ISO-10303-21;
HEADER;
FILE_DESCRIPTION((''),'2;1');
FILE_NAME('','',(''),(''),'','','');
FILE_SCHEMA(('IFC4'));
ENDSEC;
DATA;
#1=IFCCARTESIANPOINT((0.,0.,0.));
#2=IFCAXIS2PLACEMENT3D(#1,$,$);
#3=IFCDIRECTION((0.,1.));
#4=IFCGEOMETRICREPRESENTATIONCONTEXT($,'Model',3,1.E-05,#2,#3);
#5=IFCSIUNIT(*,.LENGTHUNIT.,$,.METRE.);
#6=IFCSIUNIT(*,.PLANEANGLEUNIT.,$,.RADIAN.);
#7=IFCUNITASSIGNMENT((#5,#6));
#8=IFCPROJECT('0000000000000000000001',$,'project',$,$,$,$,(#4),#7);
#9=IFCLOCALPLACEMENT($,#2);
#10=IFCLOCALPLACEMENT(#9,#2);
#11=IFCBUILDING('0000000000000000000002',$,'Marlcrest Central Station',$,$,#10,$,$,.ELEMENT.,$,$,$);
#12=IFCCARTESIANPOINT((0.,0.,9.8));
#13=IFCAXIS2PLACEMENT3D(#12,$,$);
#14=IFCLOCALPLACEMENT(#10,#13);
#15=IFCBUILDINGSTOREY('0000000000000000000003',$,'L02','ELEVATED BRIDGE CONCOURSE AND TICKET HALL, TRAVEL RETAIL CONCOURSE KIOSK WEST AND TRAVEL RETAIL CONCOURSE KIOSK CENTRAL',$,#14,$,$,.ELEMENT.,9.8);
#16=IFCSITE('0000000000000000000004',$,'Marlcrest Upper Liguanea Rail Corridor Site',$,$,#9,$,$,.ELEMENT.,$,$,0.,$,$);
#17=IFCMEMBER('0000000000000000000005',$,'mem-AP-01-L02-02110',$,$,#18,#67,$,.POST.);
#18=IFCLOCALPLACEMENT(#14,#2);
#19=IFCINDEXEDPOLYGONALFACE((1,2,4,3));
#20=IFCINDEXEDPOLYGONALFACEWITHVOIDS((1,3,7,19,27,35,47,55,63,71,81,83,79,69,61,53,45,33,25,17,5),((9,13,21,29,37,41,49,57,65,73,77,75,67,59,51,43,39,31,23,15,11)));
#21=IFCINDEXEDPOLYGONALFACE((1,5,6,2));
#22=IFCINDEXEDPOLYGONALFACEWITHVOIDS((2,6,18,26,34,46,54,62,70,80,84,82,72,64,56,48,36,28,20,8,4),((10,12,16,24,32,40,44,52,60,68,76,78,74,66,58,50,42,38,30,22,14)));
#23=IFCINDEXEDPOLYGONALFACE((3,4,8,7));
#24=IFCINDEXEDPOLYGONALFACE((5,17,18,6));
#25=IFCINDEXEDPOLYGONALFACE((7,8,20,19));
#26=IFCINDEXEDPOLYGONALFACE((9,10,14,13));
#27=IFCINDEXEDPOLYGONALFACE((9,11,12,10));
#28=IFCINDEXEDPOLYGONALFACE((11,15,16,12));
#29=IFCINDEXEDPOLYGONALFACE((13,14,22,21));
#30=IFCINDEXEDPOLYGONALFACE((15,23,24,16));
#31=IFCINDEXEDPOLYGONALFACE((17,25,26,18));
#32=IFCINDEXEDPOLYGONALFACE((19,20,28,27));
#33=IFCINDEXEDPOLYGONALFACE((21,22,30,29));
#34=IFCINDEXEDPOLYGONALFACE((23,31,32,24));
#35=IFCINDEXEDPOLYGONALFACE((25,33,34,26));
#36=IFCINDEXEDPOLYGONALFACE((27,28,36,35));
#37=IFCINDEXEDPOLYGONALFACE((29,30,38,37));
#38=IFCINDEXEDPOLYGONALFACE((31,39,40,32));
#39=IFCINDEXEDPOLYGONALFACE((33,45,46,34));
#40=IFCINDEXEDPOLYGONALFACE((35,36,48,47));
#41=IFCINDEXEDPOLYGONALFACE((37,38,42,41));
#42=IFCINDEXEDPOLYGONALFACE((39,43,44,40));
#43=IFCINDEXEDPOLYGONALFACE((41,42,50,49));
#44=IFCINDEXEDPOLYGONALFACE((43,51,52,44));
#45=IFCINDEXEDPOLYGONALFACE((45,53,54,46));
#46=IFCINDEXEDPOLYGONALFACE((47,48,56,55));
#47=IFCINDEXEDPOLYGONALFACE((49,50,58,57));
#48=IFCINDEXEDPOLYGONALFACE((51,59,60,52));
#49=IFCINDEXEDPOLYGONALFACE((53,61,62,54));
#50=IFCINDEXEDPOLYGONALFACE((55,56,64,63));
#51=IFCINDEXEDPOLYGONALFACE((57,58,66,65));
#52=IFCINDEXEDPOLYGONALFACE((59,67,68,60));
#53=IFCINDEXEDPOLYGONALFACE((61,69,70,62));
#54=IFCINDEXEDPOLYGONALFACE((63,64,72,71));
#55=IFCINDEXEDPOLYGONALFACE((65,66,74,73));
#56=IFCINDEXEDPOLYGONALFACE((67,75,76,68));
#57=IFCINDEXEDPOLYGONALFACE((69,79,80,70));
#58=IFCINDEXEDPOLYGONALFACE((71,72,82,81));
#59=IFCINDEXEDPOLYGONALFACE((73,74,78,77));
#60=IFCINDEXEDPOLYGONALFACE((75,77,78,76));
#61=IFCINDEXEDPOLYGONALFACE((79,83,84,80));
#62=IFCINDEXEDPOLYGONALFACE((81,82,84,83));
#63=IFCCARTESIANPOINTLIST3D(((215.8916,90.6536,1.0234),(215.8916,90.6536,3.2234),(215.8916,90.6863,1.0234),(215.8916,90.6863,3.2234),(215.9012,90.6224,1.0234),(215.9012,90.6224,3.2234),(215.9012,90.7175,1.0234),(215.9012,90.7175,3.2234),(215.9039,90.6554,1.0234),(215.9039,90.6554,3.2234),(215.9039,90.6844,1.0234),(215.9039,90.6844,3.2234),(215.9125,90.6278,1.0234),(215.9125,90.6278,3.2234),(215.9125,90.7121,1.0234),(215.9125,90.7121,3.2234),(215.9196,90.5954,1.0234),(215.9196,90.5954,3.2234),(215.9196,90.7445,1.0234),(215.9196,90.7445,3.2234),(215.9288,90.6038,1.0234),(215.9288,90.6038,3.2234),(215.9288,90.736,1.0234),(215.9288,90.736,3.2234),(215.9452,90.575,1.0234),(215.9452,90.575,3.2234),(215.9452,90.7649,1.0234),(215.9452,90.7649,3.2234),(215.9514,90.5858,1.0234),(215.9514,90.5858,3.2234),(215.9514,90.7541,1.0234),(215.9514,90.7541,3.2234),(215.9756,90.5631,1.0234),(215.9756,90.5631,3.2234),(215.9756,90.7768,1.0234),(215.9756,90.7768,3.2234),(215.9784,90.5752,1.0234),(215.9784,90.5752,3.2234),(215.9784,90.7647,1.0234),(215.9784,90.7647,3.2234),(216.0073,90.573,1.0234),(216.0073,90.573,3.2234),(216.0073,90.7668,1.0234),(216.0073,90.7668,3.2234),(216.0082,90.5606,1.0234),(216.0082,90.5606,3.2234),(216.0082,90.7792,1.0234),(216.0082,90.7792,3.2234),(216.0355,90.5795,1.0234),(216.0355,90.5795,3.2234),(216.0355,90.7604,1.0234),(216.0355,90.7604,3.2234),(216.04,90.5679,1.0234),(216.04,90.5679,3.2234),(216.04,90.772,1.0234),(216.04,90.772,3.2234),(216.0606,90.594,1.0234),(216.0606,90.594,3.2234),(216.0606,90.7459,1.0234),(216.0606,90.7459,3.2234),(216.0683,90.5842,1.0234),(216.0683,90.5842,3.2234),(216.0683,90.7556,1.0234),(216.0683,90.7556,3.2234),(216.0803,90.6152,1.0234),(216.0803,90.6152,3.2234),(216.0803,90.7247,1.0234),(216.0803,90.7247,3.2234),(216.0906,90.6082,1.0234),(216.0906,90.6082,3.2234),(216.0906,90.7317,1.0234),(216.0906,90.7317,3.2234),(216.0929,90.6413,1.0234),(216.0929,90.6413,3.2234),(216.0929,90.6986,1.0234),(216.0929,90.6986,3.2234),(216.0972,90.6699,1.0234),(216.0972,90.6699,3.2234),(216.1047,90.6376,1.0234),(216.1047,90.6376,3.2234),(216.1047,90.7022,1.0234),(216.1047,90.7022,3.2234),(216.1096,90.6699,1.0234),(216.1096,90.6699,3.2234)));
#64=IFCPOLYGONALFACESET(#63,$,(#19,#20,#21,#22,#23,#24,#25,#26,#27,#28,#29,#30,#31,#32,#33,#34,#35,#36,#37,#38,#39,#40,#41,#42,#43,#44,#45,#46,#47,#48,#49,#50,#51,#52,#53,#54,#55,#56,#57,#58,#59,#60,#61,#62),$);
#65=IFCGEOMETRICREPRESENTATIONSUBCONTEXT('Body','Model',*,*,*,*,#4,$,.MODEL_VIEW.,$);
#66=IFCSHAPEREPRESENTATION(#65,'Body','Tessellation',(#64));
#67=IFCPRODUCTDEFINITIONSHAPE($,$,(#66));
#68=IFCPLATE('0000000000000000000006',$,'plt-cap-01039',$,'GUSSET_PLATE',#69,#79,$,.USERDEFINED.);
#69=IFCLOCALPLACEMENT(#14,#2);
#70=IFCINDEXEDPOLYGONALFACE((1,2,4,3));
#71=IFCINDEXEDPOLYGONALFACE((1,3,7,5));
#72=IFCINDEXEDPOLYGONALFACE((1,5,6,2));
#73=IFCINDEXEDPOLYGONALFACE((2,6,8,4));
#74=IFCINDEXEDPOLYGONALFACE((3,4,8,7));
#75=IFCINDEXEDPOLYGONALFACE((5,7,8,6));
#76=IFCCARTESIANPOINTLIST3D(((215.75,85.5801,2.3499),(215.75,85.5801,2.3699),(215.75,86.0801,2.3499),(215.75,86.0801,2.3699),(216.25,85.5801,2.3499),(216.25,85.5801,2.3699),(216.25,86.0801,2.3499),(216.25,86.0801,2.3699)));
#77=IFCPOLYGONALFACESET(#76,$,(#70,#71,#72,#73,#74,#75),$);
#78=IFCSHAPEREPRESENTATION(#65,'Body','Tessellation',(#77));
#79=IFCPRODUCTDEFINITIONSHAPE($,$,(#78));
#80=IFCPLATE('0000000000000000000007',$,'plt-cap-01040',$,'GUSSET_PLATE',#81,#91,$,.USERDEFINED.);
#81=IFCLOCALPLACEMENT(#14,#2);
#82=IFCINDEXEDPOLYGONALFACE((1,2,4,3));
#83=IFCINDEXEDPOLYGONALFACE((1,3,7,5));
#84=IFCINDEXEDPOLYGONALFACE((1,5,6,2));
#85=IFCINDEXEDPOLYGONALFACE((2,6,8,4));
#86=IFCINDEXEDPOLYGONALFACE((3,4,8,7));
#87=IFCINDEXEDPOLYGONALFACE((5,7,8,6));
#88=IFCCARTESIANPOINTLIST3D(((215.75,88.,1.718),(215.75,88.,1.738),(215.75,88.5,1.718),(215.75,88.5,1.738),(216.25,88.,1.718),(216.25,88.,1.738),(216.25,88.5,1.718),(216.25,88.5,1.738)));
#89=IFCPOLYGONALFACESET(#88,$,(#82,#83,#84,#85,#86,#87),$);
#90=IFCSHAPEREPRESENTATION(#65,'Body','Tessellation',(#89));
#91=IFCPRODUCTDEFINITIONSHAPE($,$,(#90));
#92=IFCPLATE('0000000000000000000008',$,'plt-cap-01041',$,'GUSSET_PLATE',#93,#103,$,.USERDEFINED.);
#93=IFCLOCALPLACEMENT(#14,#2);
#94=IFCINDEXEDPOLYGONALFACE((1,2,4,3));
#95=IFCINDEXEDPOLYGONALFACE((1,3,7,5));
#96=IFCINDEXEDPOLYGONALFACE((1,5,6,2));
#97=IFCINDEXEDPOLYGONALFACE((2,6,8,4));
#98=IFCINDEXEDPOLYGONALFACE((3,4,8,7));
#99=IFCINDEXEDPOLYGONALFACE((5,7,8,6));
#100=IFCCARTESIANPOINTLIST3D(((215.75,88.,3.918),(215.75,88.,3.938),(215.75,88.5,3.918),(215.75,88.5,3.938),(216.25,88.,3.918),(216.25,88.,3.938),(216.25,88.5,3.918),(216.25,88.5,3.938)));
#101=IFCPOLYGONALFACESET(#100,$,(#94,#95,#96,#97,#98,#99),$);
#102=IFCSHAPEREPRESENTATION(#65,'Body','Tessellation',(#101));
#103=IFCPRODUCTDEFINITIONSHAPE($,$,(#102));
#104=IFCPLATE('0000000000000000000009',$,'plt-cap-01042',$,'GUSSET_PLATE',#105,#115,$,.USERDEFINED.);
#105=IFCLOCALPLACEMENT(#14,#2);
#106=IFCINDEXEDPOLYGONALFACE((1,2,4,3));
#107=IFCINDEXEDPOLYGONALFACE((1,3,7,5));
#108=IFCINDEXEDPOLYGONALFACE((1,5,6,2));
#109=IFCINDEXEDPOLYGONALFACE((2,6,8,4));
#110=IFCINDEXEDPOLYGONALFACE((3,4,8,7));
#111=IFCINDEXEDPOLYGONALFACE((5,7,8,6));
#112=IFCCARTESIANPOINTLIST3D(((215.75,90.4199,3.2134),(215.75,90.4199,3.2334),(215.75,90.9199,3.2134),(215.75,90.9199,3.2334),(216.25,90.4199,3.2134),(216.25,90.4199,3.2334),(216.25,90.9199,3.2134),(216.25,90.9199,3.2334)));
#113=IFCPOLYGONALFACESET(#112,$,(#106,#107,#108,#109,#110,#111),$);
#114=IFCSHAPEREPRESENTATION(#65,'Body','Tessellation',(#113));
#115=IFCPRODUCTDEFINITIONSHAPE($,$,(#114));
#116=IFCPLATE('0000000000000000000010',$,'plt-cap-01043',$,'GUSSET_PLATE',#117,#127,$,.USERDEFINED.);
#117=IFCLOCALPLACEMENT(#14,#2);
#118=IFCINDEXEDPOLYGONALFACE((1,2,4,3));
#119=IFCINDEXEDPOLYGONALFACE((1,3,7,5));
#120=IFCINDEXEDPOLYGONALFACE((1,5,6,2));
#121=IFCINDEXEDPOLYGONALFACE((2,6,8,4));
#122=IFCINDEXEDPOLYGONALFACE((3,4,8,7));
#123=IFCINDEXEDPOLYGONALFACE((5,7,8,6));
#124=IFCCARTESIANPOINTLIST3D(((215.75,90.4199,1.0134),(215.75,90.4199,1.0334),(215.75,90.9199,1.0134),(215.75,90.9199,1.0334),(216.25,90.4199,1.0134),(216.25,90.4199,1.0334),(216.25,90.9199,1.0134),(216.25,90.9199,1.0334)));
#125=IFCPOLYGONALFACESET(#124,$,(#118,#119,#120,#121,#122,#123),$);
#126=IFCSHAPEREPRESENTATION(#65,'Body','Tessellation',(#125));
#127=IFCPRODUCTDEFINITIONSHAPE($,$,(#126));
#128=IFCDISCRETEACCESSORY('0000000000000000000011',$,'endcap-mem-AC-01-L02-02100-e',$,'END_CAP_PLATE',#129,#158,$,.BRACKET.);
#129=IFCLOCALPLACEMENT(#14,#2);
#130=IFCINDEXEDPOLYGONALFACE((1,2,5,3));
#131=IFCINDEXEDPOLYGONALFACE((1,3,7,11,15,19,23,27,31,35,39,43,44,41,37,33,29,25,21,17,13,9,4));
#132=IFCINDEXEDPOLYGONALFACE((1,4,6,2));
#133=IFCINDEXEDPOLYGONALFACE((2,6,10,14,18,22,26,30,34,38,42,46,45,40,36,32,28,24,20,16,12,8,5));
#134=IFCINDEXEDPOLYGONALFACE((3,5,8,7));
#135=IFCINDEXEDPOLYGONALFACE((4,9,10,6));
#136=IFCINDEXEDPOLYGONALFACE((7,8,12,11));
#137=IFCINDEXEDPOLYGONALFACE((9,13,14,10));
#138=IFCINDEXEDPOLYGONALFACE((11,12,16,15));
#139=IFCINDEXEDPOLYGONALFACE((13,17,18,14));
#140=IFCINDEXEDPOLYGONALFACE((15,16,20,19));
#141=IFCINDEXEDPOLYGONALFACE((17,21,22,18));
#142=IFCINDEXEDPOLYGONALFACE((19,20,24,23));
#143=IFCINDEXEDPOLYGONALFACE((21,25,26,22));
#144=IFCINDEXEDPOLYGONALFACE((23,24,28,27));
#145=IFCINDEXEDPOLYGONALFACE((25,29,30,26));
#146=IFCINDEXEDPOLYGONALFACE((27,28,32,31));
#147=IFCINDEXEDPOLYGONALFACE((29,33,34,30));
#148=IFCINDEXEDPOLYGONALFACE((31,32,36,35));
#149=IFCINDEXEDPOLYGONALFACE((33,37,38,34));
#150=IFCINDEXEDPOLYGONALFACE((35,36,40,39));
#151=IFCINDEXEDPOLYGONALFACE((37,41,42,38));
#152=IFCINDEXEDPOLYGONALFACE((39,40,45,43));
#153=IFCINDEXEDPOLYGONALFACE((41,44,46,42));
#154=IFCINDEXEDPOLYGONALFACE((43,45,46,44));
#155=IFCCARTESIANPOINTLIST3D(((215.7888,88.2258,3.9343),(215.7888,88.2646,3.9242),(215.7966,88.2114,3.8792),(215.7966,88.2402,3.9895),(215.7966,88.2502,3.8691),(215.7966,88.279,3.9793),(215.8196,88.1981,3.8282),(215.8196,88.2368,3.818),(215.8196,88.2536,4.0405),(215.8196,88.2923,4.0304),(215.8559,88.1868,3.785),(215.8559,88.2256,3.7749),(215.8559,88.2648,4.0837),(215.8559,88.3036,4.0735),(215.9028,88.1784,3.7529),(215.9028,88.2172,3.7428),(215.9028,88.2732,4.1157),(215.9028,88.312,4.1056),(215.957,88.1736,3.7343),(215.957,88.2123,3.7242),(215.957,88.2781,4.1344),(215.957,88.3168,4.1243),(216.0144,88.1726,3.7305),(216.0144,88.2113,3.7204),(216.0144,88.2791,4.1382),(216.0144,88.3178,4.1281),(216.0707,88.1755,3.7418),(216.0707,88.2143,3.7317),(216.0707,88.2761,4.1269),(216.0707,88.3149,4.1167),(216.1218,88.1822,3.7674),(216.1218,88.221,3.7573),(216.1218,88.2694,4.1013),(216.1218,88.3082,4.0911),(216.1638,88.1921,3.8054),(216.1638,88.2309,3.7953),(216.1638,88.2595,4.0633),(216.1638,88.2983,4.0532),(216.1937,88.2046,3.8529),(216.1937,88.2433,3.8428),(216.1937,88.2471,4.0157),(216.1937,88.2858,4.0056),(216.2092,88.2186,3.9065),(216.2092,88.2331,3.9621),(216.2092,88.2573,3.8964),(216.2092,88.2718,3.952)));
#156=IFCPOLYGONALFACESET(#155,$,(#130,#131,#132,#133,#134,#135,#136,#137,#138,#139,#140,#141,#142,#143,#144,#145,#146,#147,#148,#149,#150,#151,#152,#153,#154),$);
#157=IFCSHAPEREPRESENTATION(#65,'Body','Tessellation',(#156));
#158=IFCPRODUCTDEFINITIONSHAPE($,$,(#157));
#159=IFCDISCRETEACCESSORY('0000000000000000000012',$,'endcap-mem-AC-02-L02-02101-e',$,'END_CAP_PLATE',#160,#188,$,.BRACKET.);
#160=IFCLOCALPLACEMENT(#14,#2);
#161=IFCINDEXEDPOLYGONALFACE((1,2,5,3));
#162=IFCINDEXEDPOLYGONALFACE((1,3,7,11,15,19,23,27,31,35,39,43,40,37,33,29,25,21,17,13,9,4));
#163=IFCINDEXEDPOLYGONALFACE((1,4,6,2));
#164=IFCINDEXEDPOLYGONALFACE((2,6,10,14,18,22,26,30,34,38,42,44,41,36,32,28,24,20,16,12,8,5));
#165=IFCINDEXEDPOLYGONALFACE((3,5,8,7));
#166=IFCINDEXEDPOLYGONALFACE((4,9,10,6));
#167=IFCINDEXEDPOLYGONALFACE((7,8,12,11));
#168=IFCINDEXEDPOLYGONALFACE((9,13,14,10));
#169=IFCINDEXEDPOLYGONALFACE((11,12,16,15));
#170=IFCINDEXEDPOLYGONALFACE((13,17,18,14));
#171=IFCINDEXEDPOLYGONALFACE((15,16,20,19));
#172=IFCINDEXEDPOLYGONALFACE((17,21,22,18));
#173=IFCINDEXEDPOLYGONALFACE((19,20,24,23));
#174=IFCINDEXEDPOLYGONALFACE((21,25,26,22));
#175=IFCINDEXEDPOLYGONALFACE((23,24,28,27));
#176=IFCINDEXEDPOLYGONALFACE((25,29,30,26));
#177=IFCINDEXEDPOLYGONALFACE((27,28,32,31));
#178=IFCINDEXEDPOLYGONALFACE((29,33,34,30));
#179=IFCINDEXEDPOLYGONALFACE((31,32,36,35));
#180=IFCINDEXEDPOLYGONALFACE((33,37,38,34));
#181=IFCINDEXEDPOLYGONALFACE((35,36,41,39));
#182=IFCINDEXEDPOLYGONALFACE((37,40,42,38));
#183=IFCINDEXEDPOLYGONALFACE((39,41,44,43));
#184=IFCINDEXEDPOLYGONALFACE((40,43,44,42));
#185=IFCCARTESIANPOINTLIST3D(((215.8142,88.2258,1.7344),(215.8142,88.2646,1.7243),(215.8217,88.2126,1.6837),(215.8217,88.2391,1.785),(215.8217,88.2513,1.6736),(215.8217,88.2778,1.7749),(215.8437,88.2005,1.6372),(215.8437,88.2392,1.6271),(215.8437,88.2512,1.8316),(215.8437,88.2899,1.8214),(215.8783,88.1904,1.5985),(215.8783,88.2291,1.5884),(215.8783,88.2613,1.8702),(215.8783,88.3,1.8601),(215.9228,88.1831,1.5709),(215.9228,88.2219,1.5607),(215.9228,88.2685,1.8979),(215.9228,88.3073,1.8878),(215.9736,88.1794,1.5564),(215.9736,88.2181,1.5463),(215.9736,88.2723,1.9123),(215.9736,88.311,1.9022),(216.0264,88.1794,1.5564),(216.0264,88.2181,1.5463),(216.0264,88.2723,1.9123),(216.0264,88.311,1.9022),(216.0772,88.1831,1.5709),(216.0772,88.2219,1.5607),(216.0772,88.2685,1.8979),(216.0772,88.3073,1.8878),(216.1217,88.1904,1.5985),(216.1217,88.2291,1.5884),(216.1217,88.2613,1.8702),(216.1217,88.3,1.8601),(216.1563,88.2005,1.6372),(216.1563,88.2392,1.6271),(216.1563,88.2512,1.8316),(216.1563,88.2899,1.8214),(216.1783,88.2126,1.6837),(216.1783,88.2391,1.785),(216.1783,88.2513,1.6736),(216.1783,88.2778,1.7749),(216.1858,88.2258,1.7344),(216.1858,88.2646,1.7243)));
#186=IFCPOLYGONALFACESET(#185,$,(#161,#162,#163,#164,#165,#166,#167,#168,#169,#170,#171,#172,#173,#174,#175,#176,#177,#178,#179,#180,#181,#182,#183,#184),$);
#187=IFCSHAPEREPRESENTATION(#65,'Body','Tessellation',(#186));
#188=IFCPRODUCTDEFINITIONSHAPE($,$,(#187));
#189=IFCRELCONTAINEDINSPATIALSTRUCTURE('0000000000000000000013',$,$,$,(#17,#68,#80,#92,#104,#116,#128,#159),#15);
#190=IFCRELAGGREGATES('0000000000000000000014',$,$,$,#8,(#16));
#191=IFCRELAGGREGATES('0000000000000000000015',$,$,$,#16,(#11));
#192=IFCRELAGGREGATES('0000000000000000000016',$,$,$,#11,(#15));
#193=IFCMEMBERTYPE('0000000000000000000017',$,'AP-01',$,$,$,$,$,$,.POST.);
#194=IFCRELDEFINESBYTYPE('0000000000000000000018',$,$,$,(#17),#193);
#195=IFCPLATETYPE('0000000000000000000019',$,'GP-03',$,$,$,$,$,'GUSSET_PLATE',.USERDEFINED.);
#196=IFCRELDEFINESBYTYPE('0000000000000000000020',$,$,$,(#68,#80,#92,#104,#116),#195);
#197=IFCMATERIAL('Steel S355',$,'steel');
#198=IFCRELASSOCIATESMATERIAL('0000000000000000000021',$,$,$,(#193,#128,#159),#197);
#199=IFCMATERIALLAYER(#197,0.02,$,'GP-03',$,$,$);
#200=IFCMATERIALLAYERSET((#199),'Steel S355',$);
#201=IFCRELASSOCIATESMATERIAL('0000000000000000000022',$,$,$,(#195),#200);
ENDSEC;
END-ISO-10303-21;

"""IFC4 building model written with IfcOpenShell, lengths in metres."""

from ifc_helpers import new_model, si_unit, direction, frame, origin, origin_2d, place, context, subcontext, project, spatial, rectangle, circle, hollow_circle, extrude, material, layer, layer_set, material_profile, profile_set, type_object, element, save


model = new_model("IFC4")

# Units and contexts
model_context = context("Model", 3, precision=1e-05, world=origin(), true_north=direction((0.0, 1.0)))
body_context = subcontext(model_context, "Body", "Model", "MODEL_VIEW")
ifc_project = project(units=[si_unit("LENGTHUNIT", "METRE"), si_unit("PLANEANGLEUNIT", "RADIAN")], contexts=[model_context])

# Site, building, storey
site_placement = place(None, origin())
site = spatial("IfcSite", under=ifc_project, at=site_placement, Name="Marlcrest Upper Liguanea Rail Corridor Site", CompositionType="ELEMENT", RefElevation=0.0)
building_placement = place(site_placement, origin())
building = spatial("IfcBuilding", under=site, at=building_placement, Name="Marlcrest Central Station", CompositionType="ELEMENT")
storey_placement = place(building_placement, frame((0.0, 0.0, 9.8)))
storey = spatial("IfcBuildingStorey", under=building, at=storey_placement, Name="L02", Description="ELEVATED BRIDGE CONCOURSE AND TICKET HALL, TRAVEL RETAIL CONCOURSE KIOSK WEST AND TRAVEL RETAIL CONCOURSE KIOSK CENTRAL", CompositionType="ELEMENT", Elevation=9.8)

# Member
ifc_material = material(Name="Steel S355", Category="steel")
ifc_material_profile_1 = material_profile(ifc_material, hollow_circle(Radius=0.1096, WallThickness=0.0125, at=origin_2d()), Name="CHS 219.1x12.5")
ifc_profile_set_1 = profile_set([ifc_material_profile_1], Name="Steel S355")
member_type_1 = type_object("IfcMemberType", Name="AP-01", PredefinedType="POST", material=ifc_profile_set_1)
for number, where, z_axis, x_axis, name in (
    (1, (216.0, 90.6699, 1.0234), (0.0, 0.0, 1.0), (1.0, 0.0, 0.0), "mem-AP-01-L02-02110"),
):
    element("IfcMember", number, at=place(storey_placement, frame(where, z_axis=z_axis, x_axis=x_axis)), inside=storey, type_object=member_type_1, Name=name, PredefinedType="POST", context=body_context, shape_type="SweptSolid", body=[
        extrude(hollow_circle(Radius=0.1096, WallThickness=0.0125, at=origin_2d()), origin(), (0.0, 0.0, 1.0), 2.2),
    ])

# Plates
ifc_layer = layer(ifc_material, 0.02, Name="GP-03")
ifc_layer_set = layer_set([ifc_layer], Name="Steel S355")
plate_type = type_object("IfcPlateType", Name="GP-03", ElementType="GUSSET_PLATE", PredefinedType="USERDEFINED", material=ifc_layer_set)
for number, where, z_axis, x_axis, name in (
    (2, (216.0, 85.8301, 2.3499), (0.0, 0.0, 1.0), (1.0, 0.0, 0.0), "plt-cap-01039"),
    (3, (216.0, 88.25, 1.718), (0.0, 0.0, 1.0), (1.0, 0.0, 0.0), "plt-cap-01040"),
    (4, (216.0, 88.25, 3.918), (0.0, 0.0, 1.0), (1.0, 0.0, 0.0), "plt-cap-01041"),
    (5, (216.0, 90.6699, 3.2134), (0.0, 0.0, 1.0), (1.0, 0.0, 0.0), "plt-cap-01042"),
    (6, (216.0, 90.6699, 1.0134), (0.0, 0.0, 1.0), (1.0, 0.0, 0.0), "plt-cap-01043"),
):
    element("IfcPlate", number, at=place(storey_placement, frame(where, z_axis=z_axis, x_axis=x_axis)), inside=storey, type_object=plate_type, Name=name, ObjectType="GUSSET_PLATE", PredefinedType="USERDEFINED", context=body_context, shape_type="SweptSolid", body=[
        extrude(rectangle(XDim=0.5, YDim=0.5, at=origin_2d()), origin(), (0.0, 0.0, 1.0), 0.02),
    ])

# Discrete accessories
discrete_accessory_1_placement = place(storey_placement, frame((216.0, 88.2258, 3.9343), z_axis=(0.0, 0.967539, -0.25272), x_axis=(-1.0, 0.0, 0.0)))
element("IfcDiscreteAccessory", 7, at=discrete_accessory_1_placement, inside=storey, material=ifc_material, Name="endcap-mem-AC-01-L02-02100-e", ObjectType="END_CAP_PLATE", PredefinedType="BRACKET", context=body_context, shape_type="SweptSolid", body=[
    extrude(circle(Radius=0.2112, at=origin_2d()), origin(), (0.0, 0.0, 1.0), 0.04),
])
discrete_accessory_2_placement = place(storey_placement, frame((216.0, 88.2258, 1.7344), z_axis=(0.0, 0.967563, -0.252629), x_axis=(-1.0, 0.0, 0.0)))
element("IfcDiscreteAccessory", 8, at=discrete_accessory_2_placement, inside=storey, material=ifc_material, Name="endcap-mem-AC-02-L02-02101-e", ObjectType="END_CAP_PLATE", PredefinedType="BRACKET", context=body_context, shape_type="SweptSolid", body=[
    extrude(circle(Radius=0.1858, at=origin_2d()), origin(), (0.0, 0.0, 1.0), 0.04),
])

save(model, "model.ifc")
